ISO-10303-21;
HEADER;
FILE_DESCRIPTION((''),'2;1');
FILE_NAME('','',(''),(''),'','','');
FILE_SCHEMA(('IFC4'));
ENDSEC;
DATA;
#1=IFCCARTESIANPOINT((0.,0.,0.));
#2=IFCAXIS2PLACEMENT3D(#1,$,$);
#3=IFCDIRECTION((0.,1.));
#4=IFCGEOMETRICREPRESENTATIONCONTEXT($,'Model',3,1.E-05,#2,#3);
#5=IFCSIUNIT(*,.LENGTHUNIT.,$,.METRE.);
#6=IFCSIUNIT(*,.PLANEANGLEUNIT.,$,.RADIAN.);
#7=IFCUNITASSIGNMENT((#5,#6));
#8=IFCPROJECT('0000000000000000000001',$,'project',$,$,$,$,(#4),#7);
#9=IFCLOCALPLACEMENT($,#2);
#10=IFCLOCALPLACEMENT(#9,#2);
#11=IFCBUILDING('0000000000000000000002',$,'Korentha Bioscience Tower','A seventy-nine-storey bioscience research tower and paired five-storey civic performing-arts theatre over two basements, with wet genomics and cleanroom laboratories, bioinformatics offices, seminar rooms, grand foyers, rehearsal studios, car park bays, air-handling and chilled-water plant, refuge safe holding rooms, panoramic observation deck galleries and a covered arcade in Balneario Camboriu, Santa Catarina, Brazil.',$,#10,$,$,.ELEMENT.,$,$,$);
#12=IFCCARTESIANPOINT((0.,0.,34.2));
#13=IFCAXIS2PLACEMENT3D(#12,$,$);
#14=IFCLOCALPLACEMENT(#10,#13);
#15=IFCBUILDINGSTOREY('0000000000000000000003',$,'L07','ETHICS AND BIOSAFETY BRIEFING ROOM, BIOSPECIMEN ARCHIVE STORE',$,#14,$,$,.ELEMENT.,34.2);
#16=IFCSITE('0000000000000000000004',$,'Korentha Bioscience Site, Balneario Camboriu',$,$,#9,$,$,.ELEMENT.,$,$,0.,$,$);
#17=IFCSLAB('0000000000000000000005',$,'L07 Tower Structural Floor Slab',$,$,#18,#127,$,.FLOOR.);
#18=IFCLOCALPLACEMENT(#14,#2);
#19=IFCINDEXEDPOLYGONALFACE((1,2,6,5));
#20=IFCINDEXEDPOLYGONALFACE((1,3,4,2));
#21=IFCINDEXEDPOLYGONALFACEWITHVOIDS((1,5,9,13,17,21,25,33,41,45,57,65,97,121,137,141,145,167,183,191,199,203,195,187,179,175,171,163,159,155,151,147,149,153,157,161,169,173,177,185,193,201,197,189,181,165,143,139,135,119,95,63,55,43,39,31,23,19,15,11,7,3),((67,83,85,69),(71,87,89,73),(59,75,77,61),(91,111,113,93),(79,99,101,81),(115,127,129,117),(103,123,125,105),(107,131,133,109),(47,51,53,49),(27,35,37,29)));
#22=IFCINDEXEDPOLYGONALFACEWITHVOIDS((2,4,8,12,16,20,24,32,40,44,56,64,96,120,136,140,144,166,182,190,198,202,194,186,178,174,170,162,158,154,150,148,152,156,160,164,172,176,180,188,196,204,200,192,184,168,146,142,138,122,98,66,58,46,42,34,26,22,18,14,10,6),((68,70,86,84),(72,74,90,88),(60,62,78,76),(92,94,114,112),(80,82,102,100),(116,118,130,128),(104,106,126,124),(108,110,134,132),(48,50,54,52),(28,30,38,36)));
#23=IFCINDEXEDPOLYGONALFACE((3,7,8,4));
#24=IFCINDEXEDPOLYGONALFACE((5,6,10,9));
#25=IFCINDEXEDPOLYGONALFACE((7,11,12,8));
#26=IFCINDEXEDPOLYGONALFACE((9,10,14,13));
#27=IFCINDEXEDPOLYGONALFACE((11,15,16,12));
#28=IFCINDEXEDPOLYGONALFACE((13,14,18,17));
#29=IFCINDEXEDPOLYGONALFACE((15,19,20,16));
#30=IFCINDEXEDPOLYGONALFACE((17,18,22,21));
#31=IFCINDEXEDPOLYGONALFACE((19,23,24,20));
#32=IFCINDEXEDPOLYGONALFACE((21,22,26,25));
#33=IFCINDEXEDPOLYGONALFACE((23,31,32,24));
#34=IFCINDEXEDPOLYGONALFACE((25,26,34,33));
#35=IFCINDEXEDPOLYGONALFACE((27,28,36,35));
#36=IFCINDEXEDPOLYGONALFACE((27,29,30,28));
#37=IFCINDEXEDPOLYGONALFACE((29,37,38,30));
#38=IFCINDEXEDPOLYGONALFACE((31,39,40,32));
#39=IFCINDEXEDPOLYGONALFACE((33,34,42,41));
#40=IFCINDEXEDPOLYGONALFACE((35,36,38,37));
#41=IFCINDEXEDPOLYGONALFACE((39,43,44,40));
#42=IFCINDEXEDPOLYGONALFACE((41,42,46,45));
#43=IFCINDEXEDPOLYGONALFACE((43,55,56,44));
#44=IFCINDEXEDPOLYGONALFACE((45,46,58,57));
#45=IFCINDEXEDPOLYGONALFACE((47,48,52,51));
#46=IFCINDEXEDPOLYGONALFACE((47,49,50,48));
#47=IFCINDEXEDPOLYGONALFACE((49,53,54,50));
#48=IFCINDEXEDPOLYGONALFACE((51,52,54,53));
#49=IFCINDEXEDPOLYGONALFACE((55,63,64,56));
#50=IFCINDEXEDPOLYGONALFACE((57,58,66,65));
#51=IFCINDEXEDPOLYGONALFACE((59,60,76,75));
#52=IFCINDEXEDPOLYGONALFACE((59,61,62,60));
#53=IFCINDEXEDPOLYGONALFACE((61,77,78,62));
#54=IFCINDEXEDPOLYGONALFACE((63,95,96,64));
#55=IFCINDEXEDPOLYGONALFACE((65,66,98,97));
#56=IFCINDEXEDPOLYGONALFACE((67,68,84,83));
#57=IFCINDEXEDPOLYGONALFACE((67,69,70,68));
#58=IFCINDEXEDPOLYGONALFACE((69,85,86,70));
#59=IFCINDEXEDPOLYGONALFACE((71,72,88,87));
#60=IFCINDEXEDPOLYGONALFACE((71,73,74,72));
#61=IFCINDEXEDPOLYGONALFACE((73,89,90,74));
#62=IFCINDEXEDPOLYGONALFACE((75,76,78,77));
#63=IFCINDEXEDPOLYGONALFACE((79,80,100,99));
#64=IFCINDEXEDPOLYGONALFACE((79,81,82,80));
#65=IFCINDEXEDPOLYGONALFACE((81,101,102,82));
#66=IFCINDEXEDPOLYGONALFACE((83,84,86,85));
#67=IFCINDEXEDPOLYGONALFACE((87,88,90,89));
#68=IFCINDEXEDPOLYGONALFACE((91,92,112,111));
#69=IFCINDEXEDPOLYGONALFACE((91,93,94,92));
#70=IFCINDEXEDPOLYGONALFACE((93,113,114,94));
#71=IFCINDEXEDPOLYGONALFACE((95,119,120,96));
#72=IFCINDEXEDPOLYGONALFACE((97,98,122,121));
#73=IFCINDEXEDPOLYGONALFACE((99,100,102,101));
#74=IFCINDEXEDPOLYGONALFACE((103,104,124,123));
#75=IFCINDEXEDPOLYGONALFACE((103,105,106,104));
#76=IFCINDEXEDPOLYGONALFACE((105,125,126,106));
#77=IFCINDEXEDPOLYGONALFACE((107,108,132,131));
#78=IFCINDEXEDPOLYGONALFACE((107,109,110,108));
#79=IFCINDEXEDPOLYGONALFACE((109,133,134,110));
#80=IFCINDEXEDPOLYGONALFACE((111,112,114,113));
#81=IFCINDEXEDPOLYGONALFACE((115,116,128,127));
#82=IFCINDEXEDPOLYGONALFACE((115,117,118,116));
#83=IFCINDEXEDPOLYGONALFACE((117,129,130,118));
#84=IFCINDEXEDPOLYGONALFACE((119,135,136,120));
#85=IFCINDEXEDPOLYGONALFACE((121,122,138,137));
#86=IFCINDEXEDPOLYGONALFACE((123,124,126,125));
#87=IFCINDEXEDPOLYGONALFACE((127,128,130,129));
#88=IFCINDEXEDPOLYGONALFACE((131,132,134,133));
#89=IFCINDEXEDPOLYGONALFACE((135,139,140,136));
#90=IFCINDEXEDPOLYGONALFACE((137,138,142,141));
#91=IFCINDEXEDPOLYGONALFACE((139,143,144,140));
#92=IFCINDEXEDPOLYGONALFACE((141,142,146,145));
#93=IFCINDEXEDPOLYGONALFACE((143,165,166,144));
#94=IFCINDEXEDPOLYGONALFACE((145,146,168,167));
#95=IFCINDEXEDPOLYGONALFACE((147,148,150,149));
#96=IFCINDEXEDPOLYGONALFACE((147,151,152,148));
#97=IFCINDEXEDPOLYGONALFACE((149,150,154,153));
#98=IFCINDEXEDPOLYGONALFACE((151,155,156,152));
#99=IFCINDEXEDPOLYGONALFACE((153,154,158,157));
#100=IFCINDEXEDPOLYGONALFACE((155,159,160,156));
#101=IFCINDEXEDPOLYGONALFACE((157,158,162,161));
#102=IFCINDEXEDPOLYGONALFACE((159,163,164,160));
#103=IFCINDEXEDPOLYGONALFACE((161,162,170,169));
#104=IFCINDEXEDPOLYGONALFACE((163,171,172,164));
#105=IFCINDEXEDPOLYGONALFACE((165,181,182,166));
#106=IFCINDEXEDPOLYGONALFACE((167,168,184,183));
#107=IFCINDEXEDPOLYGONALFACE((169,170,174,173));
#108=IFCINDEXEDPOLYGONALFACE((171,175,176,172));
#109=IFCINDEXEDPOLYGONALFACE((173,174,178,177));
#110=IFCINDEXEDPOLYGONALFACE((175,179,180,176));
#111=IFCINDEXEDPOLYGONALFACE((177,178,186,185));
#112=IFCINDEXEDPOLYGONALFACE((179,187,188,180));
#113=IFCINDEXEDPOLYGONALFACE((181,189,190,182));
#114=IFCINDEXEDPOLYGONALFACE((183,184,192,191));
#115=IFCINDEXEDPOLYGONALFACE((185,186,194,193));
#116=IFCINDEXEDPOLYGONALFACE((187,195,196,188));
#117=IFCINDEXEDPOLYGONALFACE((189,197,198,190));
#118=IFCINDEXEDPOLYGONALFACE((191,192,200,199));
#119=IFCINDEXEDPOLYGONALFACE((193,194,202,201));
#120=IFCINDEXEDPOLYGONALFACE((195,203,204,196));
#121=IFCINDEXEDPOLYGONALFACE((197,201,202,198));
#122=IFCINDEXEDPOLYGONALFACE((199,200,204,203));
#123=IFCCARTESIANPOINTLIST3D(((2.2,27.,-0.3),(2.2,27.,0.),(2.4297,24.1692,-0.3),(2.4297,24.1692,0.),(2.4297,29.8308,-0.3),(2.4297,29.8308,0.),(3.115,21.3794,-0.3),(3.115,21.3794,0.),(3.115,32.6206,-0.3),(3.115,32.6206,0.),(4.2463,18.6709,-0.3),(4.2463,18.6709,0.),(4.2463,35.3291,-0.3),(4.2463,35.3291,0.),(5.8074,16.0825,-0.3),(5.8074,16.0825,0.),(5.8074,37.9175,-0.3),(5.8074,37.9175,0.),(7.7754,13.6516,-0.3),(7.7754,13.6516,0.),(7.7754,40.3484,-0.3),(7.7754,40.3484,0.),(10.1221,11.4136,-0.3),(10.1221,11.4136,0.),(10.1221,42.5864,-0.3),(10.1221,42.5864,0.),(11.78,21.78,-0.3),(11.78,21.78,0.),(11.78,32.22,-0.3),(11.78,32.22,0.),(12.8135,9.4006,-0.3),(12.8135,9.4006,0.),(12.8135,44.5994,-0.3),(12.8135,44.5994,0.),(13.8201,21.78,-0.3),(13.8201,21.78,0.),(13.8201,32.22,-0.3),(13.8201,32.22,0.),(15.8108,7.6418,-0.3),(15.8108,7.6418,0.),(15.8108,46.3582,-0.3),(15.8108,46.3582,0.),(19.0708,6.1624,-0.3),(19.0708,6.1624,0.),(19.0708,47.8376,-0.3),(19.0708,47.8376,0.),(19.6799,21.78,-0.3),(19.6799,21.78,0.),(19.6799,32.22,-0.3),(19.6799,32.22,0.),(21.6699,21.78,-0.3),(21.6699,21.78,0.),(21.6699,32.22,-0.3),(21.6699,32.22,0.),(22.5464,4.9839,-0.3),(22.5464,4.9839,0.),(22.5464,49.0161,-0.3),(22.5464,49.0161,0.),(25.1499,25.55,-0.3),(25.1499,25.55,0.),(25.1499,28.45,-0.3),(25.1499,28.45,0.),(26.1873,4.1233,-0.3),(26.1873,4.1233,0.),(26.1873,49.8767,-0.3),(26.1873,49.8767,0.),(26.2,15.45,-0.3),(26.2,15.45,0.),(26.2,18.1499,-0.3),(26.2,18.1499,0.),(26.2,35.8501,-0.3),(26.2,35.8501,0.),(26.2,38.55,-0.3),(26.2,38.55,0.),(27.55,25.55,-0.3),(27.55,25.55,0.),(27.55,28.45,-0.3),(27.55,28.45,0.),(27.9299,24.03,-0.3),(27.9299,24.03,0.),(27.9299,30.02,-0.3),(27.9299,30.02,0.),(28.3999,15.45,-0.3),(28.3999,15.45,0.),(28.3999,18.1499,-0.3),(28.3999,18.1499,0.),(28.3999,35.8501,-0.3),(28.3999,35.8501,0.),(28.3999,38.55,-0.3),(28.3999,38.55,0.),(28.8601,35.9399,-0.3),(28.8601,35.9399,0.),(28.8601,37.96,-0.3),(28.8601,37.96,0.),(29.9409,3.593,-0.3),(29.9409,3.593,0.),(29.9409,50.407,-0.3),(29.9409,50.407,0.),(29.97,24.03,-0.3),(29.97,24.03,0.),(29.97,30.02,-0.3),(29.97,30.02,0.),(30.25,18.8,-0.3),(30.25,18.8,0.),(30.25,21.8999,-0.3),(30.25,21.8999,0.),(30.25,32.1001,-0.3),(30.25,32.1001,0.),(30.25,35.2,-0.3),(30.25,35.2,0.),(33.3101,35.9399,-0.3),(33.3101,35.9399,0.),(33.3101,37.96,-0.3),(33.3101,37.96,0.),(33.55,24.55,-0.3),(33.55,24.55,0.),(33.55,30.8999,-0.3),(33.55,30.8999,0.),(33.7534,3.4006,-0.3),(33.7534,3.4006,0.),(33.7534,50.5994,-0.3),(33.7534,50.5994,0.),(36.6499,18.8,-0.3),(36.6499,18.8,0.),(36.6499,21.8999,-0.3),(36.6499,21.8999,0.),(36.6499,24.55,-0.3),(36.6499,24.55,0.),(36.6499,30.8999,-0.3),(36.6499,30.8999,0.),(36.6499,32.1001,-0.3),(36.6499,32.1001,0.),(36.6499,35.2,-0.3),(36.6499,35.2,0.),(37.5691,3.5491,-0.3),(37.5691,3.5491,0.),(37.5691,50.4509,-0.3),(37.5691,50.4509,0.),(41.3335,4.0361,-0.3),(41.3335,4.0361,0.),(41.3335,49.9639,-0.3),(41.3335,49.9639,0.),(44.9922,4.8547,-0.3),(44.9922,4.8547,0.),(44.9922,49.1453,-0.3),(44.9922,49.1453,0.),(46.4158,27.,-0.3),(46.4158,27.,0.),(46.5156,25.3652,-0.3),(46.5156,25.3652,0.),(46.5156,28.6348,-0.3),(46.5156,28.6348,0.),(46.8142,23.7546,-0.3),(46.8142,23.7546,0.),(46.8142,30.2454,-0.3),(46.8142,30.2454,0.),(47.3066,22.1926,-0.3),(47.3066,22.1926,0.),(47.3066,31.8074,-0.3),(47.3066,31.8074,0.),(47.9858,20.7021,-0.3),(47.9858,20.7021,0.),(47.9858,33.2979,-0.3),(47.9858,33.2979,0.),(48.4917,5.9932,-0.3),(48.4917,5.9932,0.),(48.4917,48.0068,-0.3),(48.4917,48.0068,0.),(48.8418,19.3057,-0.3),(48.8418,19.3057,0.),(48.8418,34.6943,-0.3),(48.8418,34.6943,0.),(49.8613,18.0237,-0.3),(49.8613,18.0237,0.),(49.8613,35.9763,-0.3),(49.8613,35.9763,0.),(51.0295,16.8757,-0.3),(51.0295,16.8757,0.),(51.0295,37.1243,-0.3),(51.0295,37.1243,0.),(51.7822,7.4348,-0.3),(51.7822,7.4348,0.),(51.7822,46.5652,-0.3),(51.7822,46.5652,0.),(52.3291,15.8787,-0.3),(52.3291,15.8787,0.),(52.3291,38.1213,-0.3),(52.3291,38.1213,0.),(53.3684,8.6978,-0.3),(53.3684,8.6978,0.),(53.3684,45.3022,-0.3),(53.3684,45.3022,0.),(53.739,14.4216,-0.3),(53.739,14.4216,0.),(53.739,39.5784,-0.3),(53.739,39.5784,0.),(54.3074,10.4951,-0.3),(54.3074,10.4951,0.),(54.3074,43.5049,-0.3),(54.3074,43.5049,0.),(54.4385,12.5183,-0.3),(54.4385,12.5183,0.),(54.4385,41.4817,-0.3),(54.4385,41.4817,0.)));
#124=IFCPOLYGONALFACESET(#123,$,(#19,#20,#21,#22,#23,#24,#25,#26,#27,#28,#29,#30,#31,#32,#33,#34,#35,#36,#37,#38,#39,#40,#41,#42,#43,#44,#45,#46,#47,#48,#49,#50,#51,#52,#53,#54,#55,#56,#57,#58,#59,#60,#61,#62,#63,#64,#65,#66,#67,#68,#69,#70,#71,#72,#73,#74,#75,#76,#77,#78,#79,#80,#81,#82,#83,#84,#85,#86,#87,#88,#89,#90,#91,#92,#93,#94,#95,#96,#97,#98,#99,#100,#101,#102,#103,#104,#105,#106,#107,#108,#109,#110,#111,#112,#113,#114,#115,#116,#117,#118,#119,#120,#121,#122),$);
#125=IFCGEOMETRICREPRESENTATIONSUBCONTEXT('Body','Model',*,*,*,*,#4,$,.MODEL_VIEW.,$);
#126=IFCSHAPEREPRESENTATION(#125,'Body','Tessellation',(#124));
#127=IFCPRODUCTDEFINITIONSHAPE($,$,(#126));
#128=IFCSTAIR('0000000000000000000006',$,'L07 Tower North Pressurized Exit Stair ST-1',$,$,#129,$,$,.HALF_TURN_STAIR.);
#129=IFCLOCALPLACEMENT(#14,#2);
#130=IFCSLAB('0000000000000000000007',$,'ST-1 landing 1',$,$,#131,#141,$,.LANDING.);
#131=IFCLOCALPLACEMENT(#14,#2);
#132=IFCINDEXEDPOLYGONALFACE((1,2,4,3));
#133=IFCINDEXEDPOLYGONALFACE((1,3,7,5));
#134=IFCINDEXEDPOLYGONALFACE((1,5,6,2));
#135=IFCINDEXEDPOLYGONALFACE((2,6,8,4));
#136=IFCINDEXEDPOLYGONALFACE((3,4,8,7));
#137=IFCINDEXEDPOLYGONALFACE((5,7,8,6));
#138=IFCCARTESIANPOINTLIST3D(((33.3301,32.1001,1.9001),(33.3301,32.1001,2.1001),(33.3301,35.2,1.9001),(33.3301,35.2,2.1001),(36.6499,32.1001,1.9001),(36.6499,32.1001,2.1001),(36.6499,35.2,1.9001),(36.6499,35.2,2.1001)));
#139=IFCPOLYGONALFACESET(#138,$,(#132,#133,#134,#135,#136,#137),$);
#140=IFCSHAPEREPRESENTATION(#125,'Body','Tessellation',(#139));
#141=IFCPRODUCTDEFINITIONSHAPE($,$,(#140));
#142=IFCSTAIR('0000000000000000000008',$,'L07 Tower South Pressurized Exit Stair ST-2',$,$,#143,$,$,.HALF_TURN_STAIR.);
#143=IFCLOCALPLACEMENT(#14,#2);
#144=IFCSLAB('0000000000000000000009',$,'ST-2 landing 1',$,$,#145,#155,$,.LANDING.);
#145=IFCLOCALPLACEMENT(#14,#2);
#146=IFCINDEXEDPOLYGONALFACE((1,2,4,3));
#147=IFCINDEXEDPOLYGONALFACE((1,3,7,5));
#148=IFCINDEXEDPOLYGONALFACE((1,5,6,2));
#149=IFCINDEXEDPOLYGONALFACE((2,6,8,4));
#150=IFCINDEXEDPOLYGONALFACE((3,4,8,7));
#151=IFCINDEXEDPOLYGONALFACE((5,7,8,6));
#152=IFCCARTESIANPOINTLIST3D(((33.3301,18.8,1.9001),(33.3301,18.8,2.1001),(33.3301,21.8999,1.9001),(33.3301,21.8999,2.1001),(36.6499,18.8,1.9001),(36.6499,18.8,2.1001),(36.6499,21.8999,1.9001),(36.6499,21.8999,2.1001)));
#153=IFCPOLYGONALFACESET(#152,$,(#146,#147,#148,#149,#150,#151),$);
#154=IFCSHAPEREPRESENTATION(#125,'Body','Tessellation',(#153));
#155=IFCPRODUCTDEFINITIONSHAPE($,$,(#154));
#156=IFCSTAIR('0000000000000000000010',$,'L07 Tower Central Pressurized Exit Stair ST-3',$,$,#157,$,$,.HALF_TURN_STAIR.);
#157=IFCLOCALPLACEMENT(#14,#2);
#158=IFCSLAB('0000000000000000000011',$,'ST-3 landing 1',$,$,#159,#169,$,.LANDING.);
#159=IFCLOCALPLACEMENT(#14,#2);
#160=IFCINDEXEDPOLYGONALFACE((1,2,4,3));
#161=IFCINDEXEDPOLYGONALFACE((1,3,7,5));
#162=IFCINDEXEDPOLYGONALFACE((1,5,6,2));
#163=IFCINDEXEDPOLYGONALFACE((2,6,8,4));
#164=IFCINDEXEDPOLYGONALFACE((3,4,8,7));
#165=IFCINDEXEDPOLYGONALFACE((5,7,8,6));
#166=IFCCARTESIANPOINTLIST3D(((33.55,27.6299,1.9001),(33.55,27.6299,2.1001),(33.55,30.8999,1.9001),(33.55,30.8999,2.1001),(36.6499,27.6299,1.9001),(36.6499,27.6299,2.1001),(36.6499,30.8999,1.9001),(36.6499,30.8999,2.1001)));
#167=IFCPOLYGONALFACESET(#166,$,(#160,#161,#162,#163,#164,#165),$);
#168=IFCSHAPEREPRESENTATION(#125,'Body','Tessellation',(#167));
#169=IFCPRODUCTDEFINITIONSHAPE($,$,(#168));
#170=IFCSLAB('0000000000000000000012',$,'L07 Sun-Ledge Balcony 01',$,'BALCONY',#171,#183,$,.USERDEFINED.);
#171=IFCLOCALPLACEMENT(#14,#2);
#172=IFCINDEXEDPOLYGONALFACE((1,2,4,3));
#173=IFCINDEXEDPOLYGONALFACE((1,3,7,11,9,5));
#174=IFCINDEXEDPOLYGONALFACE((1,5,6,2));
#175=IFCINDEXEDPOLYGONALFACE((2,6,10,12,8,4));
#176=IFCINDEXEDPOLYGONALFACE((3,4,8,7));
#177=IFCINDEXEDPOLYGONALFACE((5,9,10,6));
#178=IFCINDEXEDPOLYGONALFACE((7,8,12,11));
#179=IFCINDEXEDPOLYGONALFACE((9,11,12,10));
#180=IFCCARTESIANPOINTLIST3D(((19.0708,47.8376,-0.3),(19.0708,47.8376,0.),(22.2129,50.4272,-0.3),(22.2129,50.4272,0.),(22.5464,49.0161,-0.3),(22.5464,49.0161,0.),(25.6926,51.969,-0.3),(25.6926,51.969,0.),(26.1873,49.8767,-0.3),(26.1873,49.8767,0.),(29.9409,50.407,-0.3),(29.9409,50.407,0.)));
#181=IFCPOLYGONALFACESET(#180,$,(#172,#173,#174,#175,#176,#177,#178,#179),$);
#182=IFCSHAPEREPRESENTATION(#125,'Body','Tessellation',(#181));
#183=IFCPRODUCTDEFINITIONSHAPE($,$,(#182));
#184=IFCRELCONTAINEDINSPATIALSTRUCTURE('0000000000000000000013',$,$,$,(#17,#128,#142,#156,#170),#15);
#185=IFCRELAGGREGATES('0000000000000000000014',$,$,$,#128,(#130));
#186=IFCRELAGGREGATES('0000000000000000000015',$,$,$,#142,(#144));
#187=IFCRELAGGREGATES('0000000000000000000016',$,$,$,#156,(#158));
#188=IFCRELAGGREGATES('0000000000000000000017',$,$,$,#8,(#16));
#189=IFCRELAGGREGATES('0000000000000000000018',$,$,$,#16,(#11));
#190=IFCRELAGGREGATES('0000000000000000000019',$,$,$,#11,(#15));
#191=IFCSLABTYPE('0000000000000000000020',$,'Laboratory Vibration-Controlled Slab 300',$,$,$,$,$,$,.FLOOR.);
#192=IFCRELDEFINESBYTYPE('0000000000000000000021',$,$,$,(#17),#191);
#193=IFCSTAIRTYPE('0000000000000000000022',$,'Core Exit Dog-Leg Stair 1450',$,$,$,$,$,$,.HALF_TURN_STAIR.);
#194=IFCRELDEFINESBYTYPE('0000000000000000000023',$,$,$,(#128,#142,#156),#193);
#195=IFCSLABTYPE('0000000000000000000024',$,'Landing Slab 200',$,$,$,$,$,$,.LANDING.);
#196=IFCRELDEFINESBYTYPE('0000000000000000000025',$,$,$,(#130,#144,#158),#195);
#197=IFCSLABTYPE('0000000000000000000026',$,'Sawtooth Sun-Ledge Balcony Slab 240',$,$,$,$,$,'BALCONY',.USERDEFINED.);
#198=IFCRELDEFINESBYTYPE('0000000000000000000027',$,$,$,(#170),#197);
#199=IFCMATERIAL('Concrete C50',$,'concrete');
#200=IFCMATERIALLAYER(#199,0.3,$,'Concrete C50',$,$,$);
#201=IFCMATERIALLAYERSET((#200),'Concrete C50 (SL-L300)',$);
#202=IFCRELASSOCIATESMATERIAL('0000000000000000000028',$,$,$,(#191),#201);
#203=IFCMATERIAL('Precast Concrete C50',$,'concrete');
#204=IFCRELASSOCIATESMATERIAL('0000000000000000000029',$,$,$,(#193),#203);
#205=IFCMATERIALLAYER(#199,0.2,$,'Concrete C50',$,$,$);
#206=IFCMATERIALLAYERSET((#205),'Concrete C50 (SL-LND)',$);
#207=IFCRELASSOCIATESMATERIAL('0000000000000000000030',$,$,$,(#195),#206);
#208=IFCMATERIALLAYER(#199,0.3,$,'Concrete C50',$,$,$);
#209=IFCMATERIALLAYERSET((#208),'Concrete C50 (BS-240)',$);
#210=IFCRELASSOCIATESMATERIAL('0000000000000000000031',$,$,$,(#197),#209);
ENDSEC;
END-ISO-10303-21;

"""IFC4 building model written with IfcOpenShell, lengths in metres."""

from ifc_helpers import new_model, si_unit, direction, frame, origin, place, context, subcontext, project, spatial, polyline, outline, extrude, material, layer, layer_set, type_object, element, aggregate, save


model = new_model("IFC4")

# Units and contexts
model_context = context("Model", 3, precision=1e-05, world=origin(), true_north=direction((0.0, 1.0)))
body_context = subcontext(model_context, "Body", "Model", "MODEL_VIEW")
ifc_project = project(units=[si_unit("LENGTHUNIT", "METRE"), si_unit("PLANEANGLEUNIT", "RADIAN")], contexts=[model_context])

# Site, building, storey
site_placement = place(None, origin())
site = spatial("IfcSite", under=ifc_project, at=site_placement, Name="Korentha Bioscience Site, Balneario Camboriu", CompositionType="ELEMENT", RefElevation=0.0)
building_placement = place(site_placement, origin())
building = spatial("IfcBuilding", under=site, at=building_placement, Name="Korentha Bioscience Tower", Description="A seventy-nine-storey bioscience research tower and paired five-storey civic performing-arts theatre over two basements, with wet genomics and cleanroom laboratories, bioinformatics offices, seminar rooms, grand foyers, rehearsal studios, car park bays, air-handling and chilled-water plant, refuge safe holding rooms, panoramic observation deck galleries and a covered arcade in Balneario Camboriu, Santa Catarina, Brazil.", CompositionType="ELEMENT")
storey_placement = place(building_placement, frame((0.0, 0.0, 34.2)))
storey = spatial("IfcBuildingStorey", under=building, at=storey_placement, Name="L07", Description="ETHICS AND BIOSAFETY BRIEFING ROOM, BIOSPECIMEN ARCHIVE STORE", CompositionType="ELEMENT", Elevation=34.2)

# Slab
ifc_material_1 = material(Name="Concrete C50", Category="concrete")
ifc_layer_1 = layer(ifc_material_1, 0.3, Name="Concrete C50")
ifc_layer_set_1 = layer_set([ifc_layer_1], Name="Concrete C50 (SL-L300)")
slab_type_1 = type_object("IfcSlabType", Name="Laboratory Vibration-Controlled Slab 300", PredefinedType="FLOOR", material=ifc_layer_set_1)
slab_1_placement = place(storey_placement, frame((0.0, 0.0, -0.3)))
element("IfcSlab", 1, at=slab_1_placement, inside=storey, type_object=slab_type_1, Name="L07 Tower Structural Floor Slab", PredefinedType="FLOOR", context=body_context, shape_type="SweptSolid", body=[
    extrude(outline(polyline([(51.7822, 46.5652), (48.4917, 48.0068), (44.9922, 49.1453), (41.3335, 49.9639), (37.5691, 50.4509), (33.7534, 50.5994), (29.9409, 50.407), (26.1873, 49.8767), (22.5464, 49.0161), (19.0708, 47.8376), (15.8108, 46.3582), (12.8135, 44.5994), (10.1221, 42.5864), (7.7754, 40.3484), (5.8074, 37.9175), (4.2463, 35.3291), (3.115, 32.6206), (2.4297, 29.8308), (2.2, 27.0), (2.4297, 24.1692), (3.115, 21.3794), (4.2463, 18.6709), (5.8074, 16.0825), (7.7754, 13.6516), (10.1221, 11.4136), (12.8135, 9.4006), (15.8108, 7.6418), (19.0708, 6.1624), (22.5464, 4.9839), (26.1873, 4.1233), (29.9409, 3.593), (33.7534, 3.4006), (37.5691, 3.5491), (41.3335, 4.0361), (44.9922, 4.8547), (48.4917, 5.9932), (51.7822, 7.4348), (53.3684, 8.6978), (54.3074, 10.4951), (54.4385, 12.5183), (53.739, 14.4216), (52.3291, 15.8787), (51.0295, 16.8757), (49.8613, 18.0237), (48.8418, 19.3057), (47.9858, 20.7021), (47.3066, 22.1926), (46.8142, 23.7546), (46.5156, 25.3652), (46.4158, 27.0), (46.5156, 28.6348), (46.8142, 30.2454), (47.3066, 31.8074), (47.9858, 33.2979), (48.8418, 34.6943), (49.8613, 35.9763), (51.0295, 37.1243), (52.3291, 38.1213), (53.739, 39.5784), (54.4385, 41.4817), (54.3074, 43.5049), (53.3684, 45.3022), (51.7822, 46.5652)]), holes=[polyline([(30.25, 32.1001), (36.6499, 32.1001), (36.6499, 35.2), (30.25, 35.2), (30.25, 32.1001)]), polyline([(30.25, 18.8), (36.6499, 18.8), (36.6499, 21.8999), (30.25, 21.8999), (30.25, 18.8)]), polyline([(36.6499, 24.55), (36.6499, 30.8999), (33.55, 30.8999), (33.55, 24.55), (36.6499, 24.55)]), polyline([(11.78, 21.78), (13.8201, 21.78), (13.8201, 32.22), (11.78, 32.22), (11.78, 21.78)]), polyline([(19.6799, 21.78), (21.6699, 21.78), (21.6699, 32.22), (19.6799, 32.22), (19.6799, 21.78)]), polyline([(27.9299, 24.03), (29.97, 24.03), (29.97, 30.02), (27.9299, 30.02), (27.9299, 24.03)]), polyline([(28.8601, 35.9399), (33.3101, 35.9399), (33.3101, 37.96), (28.8601, 37.96), (28.8601, 35.9399)]), polyline([(26.2, 15.45), (28.3999, 15.45), (28.3999, 18.1499), (26.2, 18.1499), (26.2, 15.45)]), polyline([(26.2, 35.8501), (28.3999, 35.8501), (28.3999, 38.55), (26.2, 38.55), (26.2, 35.8501)]), polyline([(25.1499, 25.55), (27.55, 25.55), (27.55, 28.45), (25.1499, 28.45), (25.1499, 25.55)])]), origin(), (0.0, 0.0, 1.0), 0.3),
])

# Stairs, slabs
ifc_material_2 = material(Name="Precast Concrete C50", Category="concrete")
stair_type = type_object("IfcStairType", Name="Core Exit Dog-Leg Stair 1450", PredefinedType="HALF_TURN_STAIR", material=ifc_material_2)
stair_1_placement = place(storey_placement, origin())
stair_1 = element("IfcStair", 2, at=stair_1_placement, inside=storey, type_object=stair_type, Name="L07 Tower North Pressurized Exit Stair ST-1", PredefinedType="HALF_TURN_STAIR")
ifc_layer_2 = layer(ifc_material_1, 0.2, Name="Concrete C50")
ifc_layer_set_2 = layer_set([ifc_layer_2], Name="Concrete C50 (SL-LND)")
slab_type_2 = type_object("IfcSlabType", Name="Landing Slab 200", PredefinedType="LANDING", material=ifc_layer_set_2)
slab_2_placement = place(storey_placement, frame((0.0, 0.0, 1.9001)))
slab_2 = element("IfcSlab", 3, at=slab_2_placement, type_object=slab_type_2, Name="ST-1 landing 1", PredefinedType="LANDING", context=body_context, shape_type="SweptSolid", body=[
    extrude(outline(polyline([(33.3301, 32.1001), (36.6499, 32.1001), (36.6499, 35.2), (33.3301, 35.2), (33.3301, 32.1001)])), origin(), (0.0, 0.0, 1.0), 0.2),
])
aggregate(stair_1, [slab_2])
stair_2_placement = place(storey_placement, origin())
stair_2 = element("IfcStair", 4, at=stair_2_placement, inside=storey, type_object=stair_type, Name="L07 Tower South Pressurized Exit Stair ST-2", PredefinedType="HALF_TURN_STAIR")
slab_3_placement = place(storey_placement, frame((0.0, 0.0, 1.9001)))
slab_3 = element("IfcSlab", 5, at=slab_3_placement, type_object=slab_type_2, Name="ST-2 landing 1", PredefinedType="LANDING", context=body_context, shape_type="SweptSolid", body=[
    extrude(outline(polyline([(33.3301, 18.8), (36.6499, 18.8), (36.6499, 21.8999), (33.3301, 21.8999), (33.3301, 18.8)])), origin(), (0.0, 0.0, 1.0), 0.2),
])
aggregate(stair_2, [slab_3])
stair_3_placement = place(storey_placement, origin())
stair_3 = element("IfcStair", 6, at=stair_3_placement, inside=storey, type_object=stair_type, Name="L07 Tower Central Pressurized Exit Stair ST-3", PredefinedType="HALF_TURN_STAIR")
slab_4_placement = place(storey_placement, frame((0.0, 0.0, 1.9001)))
slab_4 = element("IfcSlab", 7, at=slab_4_placement, type_object=slab_type_2, Name="ST-3 landing 1", PredefinedType="LANDING", context=body_context, shape_type="SweptSolid", body=[
    extrude(outline(polyline([(36.6499, 27.6299), (36.6499, 30.8999), (33.55, 30.8999), (33.55, 27.6299), (36.6499, 27.6299)])), origin(), (0.0, 0.0, 1.0), 0.2),
])
aggregate(stair_3, [slab_4])

# Slab
ifc_layer_3 = layer(ifc_material_1, 0.3, Name="Concrete C50")
ifc_layer_set_3 = layer_set([ifc_layer_3], Name="Concrete C50 (BS-240)")
slab_type_3 = type_object("IfcSlabType", Name="Sawtooth Sun-Ledge Balcony Slab 240", ElementType="BALCONY", PredefinedType="USERDEFINED", material=ifc_layer_set_3)
slab_5_placement = place(storey_placement, frame((0.0, 0.0, -0.3)))
element("IfcSlab", 8, at=slab_5_placement, inside=storey, type_object=slab_type_3, Name="L07 Sun-Ledge Balcony 01", ObjectType="BALCONY", PredefinedType="USERDEFINED", context=body_context, shape_type="SweptSolid", body=[
    extrude(outline(polyline([(19.0708, 47.8376), (22.5464, 49.0161), (26.1873, 49.8767), (29.9409, 50.407), (25.6926, 51.969), (22.2129, 50.4272), (19.0708, 47.8376)])), origin(), (0.0, 0.0, 1.0), 0.3),
])

save(model, "model.ifc")
